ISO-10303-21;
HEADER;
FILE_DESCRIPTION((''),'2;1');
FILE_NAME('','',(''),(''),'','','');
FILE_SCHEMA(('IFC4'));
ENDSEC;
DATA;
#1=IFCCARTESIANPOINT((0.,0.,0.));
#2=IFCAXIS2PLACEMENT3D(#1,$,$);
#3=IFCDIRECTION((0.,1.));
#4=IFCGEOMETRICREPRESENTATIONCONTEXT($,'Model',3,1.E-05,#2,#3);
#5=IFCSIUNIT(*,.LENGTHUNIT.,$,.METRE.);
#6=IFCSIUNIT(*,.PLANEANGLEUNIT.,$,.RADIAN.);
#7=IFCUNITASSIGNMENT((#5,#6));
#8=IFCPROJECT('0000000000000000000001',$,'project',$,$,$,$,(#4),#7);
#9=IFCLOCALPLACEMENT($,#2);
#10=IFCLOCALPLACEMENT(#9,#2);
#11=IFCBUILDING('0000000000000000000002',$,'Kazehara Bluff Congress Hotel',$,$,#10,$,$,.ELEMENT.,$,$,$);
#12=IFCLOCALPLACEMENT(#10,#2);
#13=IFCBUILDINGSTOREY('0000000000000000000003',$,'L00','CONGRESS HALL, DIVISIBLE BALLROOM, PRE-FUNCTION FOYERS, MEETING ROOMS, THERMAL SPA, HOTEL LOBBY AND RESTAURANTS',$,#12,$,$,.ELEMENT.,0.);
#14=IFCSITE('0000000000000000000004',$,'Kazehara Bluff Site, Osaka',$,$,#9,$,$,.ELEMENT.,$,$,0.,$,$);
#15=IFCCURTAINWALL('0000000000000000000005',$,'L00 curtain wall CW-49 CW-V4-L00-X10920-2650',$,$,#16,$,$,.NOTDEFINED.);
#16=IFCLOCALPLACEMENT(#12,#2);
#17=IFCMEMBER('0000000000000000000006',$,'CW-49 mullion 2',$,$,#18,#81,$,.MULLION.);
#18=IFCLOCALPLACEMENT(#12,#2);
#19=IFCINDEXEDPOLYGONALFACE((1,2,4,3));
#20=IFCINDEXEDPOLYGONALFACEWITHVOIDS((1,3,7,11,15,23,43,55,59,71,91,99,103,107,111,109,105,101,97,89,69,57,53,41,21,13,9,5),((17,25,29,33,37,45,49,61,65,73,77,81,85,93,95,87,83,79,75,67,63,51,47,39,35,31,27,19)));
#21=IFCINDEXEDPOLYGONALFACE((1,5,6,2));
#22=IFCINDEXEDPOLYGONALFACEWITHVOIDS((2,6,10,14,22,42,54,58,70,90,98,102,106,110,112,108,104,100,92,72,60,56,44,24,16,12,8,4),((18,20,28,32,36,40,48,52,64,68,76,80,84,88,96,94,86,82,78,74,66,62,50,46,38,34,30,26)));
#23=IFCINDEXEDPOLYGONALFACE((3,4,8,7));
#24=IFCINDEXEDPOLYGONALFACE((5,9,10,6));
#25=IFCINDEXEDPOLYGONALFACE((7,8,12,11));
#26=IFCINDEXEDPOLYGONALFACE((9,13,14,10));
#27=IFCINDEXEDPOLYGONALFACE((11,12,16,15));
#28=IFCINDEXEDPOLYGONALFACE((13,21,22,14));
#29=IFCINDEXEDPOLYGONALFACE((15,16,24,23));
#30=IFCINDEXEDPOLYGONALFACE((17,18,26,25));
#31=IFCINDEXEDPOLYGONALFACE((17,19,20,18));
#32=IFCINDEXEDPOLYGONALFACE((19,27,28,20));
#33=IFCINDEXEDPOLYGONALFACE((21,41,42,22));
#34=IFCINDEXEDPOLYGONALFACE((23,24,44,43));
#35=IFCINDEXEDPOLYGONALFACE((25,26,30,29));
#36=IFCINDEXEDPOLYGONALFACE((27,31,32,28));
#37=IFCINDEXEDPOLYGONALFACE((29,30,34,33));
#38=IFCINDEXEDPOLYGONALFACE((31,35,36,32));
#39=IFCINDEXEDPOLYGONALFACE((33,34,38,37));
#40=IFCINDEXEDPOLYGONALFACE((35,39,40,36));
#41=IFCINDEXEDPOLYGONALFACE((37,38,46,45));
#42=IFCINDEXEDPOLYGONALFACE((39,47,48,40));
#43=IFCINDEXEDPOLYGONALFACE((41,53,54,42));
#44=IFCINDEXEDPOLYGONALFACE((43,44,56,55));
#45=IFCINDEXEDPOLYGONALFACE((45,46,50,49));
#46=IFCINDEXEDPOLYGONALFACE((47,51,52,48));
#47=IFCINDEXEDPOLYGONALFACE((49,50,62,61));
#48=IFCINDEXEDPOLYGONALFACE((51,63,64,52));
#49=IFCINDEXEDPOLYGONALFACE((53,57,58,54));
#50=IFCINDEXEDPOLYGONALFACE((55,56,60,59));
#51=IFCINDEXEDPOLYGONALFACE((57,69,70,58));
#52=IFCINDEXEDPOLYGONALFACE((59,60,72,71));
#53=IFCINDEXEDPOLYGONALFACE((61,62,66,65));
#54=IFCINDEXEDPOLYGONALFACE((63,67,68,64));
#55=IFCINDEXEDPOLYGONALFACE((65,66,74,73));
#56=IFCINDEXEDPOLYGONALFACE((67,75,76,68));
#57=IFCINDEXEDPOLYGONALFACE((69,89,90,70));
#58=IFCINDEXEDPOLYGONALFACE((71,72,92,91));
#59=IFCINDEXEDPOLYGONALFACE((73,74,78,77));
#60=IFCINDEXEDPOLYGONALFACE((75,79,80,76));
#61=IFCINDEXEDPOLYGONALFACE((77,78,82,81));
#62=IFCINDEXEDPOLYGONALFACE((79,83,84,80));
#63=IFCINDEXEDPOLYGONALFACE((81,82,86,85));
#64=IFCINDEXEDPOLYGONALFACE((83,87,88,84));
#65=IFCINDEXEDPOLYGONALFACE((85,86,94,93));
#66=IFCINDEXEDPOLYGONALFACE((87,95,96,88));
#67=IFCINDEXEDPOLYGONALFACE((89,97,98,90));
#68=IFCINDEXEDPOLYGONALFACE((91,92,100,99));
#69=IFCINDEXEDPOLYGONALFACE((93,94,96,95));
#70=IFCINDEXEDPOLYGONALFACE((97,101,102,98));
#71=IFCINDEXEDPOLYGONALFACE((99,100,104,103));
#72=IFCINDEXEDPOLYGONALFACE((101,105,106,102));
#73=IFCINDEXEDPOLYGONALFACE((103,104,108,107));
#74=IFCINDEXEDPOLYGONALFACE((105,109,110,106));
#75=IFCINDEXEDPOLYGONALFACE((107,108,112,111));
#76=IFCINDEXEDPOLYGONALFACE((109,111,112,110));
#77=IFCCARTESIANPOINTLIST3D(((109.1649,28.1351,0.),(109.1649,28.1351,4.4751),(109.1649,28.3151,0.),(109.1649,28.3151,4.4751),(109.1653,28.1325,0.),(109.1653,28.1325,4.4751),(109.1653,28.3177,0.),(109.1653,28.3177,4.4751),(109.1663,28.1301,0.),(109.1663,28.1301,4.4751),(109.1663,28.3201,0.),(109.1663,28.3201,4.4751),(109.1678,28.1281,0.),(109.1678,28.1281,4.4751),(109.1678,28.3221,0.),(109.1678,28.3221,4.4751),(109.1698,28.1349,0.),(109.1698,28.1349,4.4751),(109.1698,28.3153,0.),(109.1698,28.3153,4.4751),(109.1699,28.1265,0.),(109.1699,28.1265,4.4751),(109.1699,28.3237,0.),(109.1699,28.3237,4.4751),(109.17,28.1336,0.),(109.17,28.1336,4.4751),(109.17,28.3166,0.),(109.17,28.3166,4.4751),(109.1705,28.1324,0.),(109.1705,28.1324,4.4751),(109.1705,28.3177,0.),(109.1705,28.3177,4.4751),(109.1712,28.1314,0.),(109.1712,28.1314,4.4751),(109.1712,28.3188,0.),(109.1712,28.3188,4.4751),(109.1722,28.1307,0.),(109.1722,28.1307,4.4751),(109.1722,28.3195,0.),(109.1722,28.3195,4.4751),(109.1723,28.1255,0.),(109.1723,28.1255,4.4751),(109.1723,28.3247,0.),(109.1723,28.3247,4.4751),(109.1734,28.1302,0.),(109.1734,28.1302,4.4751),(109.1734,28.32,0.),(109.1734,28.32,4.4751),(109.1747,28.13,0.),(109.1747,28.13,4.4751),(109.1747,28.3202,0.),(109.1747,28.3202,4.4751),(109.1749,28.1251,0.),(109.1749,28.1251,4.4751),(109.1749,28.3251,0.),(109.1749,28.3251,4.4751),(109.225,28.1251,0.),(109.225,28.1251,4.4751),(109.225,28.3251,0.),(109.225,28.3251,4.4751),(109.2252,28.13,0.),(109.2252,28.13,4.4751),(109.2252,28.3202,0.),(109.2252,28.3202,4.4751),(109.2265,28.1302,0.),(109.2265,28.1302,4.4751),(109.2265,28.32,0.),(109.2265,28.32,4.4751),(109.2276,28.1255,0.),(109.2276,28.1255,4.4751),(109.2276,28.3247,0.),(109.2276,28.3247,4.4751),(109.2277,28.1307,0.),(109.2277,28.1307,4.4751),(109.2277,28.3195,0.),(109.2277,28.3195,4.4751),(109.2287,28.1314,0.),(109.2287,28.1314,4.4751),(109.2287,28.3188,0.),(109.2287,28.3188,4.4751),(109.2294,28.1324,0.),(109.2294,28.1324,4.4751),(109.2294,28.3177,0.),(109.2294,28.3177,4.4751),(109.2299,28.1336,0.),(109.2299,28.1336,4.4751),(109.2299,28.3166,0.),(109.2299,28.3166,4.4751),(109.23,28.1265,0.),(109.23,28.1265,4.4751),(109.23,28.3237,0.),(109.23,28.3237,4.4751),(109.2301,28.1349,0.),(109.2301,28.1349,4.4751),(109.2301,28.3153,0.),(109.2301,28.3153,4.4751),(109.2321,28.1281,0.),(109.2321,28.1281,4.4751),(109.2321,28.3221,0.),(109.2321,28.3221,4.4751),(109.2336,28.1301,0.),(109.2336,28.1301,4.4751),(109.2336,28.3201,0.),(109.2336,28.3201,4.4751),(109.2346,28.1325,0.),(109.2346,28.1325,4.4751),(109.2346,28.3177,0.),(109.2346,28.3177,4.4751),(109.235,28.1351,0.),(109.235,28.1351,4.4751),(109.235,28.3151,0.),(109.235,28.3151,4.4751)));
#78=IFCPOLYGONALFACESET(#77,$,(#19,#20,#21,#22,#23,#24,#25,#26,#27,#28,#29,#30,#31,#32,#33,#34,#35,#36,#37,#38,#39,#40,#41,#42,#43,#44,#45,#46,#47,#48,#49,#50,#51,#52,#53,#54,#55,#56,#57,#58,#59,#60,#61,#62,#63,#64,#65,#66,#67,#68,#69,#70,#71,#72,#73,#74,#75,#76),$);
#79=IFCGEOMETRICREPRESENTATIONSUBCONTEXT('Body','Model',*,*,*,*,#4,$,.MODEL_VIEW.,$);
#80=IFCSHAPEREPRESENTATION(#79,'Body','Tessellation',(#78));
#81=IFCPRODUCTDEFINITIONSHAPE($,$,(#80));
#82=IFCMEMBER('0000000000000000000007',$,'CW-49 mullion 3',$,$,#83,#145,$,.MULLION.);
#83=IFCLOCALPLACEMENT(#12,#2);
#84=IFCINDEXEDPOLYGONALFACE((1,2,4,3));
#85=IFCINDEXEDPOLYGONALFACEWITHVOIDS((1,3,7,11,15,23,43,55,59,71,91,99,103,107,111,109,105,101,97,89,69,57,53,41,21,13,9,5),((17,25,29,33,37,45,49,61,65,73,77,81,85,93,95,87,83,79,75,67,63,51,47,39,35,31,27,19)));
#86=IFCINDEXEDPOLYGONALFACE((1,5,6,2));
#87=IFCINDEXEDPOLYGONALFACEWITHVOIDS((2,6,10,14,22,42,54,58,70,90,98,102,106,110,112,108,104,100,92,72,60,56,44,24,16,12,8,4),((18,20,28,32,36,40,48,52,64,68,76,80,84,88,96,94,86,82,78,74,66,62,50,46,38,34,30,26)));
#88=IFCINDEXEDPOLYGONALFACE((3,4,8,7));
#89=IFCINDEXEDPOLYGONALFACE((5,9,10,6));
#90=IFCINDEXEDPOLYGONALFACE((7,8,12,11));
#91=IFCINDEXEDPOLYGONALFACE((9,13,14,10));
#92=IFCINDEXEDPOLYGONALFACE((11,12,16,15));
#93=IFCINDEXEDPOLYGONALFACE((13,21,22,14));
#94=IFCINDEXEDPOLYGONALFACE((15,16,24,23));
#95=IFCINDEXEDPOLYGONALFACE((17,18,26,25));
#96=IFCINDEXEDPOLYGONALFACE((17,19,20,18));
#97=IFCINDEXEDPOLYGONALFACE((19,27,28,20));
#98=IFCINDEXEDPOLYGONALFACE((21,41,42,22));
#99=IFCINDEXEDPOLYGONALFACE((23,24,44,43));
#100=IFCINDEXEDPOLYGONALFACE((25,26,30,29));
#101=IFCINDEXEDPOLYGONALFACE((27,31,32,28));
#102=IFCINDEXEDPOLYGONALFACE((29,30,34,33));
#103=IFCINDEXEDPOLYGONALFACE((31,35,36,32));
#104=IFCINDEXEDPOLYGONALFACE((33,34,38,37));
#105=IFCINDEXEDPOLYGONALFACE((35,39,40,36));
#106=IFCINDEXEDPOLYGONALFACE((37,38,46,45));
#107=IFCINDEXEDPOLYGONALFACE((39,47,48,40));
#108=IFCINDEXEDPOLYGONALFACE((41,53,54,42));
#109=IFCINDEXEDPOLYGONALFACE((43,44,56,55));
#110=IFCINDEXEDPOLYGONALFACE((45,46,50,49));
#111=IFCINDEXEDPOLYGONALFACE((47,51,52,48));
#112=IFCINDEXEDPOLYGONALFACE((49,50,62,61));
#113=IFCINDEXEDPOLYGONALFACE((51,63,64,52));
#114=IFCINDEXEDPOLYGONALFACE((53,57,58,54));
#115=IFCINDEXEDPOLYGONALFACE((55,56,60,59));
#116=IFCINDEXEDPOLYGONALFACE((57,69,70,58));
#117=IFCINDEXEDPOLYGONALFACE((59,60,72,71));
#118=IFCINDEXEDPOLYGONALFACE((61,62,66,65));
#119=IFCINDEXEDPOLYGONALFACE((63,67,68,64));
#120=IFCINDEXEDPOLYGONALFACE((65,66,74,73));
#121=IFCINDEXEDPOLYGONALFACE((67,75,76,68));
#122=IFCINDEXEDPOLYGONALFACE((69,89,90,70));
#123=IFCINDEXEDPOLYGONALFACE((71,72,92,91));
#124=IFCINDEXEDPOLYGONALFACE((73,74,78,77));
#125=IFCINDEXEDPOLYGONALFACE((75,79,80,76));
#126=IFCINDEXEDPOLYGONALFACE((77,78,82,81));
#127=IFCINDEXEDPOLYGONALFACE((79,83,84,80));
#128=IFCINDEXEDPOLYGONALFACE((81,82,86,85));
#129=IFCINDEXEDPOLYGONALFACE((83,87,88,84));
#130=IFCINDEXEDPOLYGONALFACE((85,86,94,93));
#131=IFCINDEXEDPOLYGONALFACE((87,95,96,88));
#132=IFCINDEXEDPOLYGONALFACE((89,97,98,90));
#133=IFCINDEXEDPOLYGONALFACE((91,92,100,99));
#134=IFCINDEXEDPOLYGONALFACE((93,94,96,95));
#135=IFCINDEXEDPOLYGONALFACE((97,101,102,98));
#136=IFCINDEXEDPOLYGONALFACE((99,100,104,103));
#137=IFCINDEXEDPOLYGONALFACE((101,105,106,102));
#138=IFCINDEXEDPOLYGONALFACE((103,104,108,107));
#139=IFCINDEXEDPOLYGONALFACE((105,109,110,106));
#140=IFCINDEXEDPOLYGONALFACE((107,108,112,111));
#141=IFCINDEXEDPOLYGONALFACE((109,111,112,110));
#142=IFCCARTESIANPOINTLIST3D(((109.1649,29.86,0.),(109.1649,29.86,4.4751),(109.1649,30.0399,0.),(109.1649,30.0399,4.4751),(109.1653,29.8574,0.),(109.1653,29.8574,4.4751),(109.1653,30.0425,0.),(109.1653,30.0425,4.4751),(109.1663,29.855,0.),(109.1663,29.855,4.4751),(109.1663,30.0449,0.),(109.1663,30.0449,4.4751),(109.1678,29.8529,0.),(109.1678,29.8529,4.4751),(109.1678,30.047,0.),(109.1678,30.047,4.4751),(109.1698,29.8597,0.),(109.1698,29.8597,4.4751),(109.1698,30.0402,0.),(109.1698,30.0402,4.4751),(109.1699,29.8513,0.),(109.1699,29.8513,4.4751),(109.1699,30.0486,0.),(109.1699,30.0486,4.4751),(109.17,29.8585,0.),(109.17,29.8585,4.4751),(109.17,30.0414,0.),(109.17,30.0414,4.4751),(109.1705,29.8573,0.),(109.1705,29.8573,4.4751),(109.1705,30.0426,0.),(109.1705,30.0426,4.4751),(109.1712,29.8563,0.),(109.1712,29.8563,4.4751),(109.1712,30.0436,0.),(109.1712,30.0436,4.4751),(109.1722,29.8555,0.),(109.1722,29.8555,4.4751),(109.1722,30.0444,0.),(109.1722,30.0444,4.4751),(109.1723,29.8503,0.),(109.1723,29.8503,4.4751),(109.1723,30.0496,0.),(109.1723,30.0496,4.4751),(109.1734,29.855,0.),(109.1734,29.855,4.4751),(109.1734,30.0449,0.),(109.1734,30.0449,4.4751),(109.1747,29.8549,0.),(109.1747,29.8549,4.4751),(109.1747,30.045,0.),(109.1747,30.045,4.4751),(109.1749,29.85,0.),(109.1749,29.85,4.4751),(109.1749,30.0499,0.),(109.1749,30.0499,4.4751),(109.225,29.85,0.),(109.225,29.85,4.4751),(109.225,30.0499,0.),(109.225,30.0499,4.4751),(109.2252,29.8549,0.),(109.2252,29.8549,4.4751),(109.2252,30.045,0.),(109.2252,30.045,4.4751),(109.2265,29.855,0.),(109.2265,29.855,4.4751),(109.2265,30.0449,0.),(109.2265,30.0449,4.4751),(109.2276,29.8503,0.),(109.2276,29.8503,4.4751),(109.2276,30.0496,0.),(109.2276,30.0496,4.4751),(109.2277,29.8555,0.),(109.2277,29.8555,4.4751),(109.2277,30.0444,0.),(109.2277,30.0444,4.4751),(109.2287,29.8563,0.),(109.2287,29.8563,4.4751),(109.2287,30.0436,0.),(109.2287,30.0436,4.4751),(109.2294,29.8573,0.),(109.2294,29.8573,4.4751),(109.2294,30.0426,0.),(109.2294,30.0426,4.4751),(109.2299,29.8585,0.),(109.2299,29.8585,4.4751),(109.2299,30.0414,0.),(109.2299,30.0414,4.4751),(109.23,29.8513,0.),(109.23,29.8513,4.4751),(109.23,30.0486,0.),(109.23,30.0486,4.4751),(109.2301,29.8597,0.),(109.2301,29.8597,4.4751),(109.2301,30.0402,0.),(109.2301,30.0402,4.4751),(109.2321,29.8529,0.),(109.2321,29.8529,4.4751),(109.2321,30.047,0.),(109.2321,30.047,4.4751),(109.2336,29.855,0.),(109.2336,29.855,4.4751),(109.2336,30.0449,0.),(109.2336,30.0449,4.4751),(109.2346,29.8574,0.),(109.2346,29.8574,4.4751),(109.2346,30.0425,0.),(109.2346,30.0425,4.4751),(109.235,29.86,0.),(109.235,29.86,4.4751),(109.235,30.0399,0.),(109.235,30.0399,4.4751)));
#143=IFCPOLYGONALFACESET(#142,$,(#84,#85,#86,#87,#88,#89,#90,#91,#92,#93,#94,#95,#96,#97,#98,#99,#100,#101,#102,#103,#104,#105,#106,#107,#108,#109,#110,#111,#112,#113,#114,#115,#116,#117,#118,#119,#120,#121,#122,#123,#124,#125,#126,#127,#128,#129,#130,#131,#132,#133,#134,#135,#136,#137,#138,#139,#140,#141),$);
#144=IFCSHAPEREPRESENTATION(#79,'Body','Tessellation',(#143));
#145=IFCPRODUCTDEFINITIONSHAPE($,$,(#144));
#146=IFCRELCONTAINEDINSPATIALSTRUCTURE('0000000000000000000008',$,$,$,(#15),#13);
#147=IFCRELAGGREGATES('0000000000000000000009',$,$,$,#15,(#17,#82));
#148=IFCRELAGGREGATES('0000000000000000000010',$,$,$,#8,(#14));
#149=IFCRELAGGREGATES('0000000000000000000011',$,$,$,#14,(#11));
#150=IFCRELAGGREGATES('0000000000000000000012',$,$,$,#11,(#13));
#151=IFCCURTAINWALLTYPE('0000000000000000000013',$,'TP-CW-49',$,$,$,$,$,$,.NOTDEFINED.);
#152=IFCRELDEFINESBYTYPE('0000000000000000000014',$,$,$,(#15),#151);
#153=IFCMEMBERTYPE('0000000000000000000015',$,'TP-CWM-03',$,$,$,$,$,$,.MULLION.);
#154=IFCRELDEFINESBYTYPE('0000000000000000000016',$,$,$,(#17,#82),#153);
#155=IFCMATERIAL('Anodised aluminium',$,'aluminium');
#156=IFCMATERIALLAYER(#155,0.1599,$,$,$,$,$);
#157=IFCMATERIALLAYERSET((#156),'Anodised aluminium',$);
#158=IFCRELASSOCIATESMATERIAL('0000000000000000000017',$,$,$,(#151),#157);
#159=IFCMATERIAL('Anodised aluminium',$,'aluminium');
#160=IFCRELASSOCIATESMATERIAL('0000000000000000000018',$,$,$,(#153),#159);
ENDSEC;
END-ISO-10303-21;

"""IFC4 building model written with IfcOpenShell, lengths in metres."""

from ifc_helpers import new_model, si_unit, direction, frame, origin, origin_2d, place, context, subcontext, project, spatial, hollow_rectangle, extrude, material, layer, layer_set, material_profile, profile_set, type_object, element, aggregate, save


model = new_model("IFC4")

# Units and contexts
model_context = context("Model", 3, precision=1e-05, world=origin(), true_north=direction((0.0, 1.0)))
body_context = subcontext(model_context, "Body", "Model", "MODEL_VIEW")
ifc_project = project(units=[si_unit("LENGTHUNIT", "METRE"), si_unit("PLANEANGLEUNIT", "RADIAN")], contexts=[model_context])

# Site, building, storey
site_placement = place(None, origin())
site = spatial("IfcSite", under=ifc_project, at=site_placement, Name="Kazehara Bluff Site, Osaka", CompositionType="ELEMENT", RefElevation=0.0)
building_placement = place(site_placement, origin())
building = spatial("IfcBuilding", under=site, at=building_placement, Name="Kazehara Bluff Congress Hotel", CompositionType="ELEMENT")
storey_placement = place(building_placement, origin())
storey = spatial("IfcBuildingStorey", under=building, at=storey_placement, Name="L00", Description="CONGRESS HALL, DIVISIBLE BALLROOM, PRE-FUNCTION FOYERS, MEETING ROOMS, THERMAL SPA, HOTEL LOBBY AND RESTAURANTS", CompositionType="ELEMENT", Elevation=0.0)

# Curtain wall, members
ifc_material_1 = material(Name="Anodised aluminium", Category="aluminium")
ifc_layer_1 = layer(ifc_material_1, 0.1599)
ifc_layer_set_1 = layer_set([ifc_layer_1], Name="Anodised aluminium")
curtain_wall_type = type_object("IfcCurtainWallType", Name="TP-CW-49", PredefinedType="NOTDEFINED", material=ifc_layer_set_1)
curtain_wall_placement = place(storey_placement, origin())
curtain_wall = element("IfcCurtainWall", 1, at=curtain_wall_placement, inside=storey, type_object=curtain_wall_type, Name="L00 curtain wall CW-49 CW-V4-L00-X10920-2650", PredefinedType="NOTDEFINED")
ifc_material_2 = material(Name="Anodised aluminium", Category="aluminium")
ifc_material_profile_1 = material_profile(ifc_material_2, hollow_rectangle(XDim=0.0701, YDim=0.2, WallThickness=0.0049, InnerFilletRadius=0.0049, OuterFilletRadius=0.01, at=origin_2d()))
ifc_profile_set_1 = profile_set([ifc_material_profile_1], Name="Anodised aluminium")
member_type_1 = type_object("IfcMemberType", Name="TP-CWM-03", PredefinedType="MULLION", material=ifc_profile_set_1)
member_1_placement = place(storey_placement, frame((109.2, 28.2251, 0.0), z_axis=(0.0, 0.0, 1.0), x_axis=(-1.0, 0.0, 0.0)))
member_1 = element("IfcMember", 2, at=member_1_placement, type_object=member_type_1, Name="CW-49 mullion 2", PredefinedType="MULLION", context=body_context, shape_type="SweptSolid", body=[
    extrude(hollow_rectangle(XDim=0.0701, YDim=0.2, WallThickness=0.0049, InnerFilletRadius=0.0049, OuterFilletRadius=0.01, at=origin_2d()), origin(), (0.0, 0.0, 1.0), 4.4751),
])
member_2_placement = place(storey_placement, frame((109.2, 29.95, 0.0), z_axis=(0.0, 0.0, 1.0), x_axis=(-1.0, 0.0, 0.0)))
member_2 = element("IfcMember", 3, at=member_2_placement, type_object=member_type_1, Name="CW-49 mullion 3", PredefinedType="MULLION", context=body_context, shape_type="SweptSolid", body=[
    extrude(hollow_rectangle(XDim=0.0701, YDim=0.2, WallThickness=0.0049, InnerFilletRadius=0.0049, OuterFilletRadius=0.01, at=origin_2d()), origin(), (0.0, 0.0, 1.0), 4.4751),
])

aggregate(curtain_wall, [member_1, member_2])

save(model, "model.ifc")
